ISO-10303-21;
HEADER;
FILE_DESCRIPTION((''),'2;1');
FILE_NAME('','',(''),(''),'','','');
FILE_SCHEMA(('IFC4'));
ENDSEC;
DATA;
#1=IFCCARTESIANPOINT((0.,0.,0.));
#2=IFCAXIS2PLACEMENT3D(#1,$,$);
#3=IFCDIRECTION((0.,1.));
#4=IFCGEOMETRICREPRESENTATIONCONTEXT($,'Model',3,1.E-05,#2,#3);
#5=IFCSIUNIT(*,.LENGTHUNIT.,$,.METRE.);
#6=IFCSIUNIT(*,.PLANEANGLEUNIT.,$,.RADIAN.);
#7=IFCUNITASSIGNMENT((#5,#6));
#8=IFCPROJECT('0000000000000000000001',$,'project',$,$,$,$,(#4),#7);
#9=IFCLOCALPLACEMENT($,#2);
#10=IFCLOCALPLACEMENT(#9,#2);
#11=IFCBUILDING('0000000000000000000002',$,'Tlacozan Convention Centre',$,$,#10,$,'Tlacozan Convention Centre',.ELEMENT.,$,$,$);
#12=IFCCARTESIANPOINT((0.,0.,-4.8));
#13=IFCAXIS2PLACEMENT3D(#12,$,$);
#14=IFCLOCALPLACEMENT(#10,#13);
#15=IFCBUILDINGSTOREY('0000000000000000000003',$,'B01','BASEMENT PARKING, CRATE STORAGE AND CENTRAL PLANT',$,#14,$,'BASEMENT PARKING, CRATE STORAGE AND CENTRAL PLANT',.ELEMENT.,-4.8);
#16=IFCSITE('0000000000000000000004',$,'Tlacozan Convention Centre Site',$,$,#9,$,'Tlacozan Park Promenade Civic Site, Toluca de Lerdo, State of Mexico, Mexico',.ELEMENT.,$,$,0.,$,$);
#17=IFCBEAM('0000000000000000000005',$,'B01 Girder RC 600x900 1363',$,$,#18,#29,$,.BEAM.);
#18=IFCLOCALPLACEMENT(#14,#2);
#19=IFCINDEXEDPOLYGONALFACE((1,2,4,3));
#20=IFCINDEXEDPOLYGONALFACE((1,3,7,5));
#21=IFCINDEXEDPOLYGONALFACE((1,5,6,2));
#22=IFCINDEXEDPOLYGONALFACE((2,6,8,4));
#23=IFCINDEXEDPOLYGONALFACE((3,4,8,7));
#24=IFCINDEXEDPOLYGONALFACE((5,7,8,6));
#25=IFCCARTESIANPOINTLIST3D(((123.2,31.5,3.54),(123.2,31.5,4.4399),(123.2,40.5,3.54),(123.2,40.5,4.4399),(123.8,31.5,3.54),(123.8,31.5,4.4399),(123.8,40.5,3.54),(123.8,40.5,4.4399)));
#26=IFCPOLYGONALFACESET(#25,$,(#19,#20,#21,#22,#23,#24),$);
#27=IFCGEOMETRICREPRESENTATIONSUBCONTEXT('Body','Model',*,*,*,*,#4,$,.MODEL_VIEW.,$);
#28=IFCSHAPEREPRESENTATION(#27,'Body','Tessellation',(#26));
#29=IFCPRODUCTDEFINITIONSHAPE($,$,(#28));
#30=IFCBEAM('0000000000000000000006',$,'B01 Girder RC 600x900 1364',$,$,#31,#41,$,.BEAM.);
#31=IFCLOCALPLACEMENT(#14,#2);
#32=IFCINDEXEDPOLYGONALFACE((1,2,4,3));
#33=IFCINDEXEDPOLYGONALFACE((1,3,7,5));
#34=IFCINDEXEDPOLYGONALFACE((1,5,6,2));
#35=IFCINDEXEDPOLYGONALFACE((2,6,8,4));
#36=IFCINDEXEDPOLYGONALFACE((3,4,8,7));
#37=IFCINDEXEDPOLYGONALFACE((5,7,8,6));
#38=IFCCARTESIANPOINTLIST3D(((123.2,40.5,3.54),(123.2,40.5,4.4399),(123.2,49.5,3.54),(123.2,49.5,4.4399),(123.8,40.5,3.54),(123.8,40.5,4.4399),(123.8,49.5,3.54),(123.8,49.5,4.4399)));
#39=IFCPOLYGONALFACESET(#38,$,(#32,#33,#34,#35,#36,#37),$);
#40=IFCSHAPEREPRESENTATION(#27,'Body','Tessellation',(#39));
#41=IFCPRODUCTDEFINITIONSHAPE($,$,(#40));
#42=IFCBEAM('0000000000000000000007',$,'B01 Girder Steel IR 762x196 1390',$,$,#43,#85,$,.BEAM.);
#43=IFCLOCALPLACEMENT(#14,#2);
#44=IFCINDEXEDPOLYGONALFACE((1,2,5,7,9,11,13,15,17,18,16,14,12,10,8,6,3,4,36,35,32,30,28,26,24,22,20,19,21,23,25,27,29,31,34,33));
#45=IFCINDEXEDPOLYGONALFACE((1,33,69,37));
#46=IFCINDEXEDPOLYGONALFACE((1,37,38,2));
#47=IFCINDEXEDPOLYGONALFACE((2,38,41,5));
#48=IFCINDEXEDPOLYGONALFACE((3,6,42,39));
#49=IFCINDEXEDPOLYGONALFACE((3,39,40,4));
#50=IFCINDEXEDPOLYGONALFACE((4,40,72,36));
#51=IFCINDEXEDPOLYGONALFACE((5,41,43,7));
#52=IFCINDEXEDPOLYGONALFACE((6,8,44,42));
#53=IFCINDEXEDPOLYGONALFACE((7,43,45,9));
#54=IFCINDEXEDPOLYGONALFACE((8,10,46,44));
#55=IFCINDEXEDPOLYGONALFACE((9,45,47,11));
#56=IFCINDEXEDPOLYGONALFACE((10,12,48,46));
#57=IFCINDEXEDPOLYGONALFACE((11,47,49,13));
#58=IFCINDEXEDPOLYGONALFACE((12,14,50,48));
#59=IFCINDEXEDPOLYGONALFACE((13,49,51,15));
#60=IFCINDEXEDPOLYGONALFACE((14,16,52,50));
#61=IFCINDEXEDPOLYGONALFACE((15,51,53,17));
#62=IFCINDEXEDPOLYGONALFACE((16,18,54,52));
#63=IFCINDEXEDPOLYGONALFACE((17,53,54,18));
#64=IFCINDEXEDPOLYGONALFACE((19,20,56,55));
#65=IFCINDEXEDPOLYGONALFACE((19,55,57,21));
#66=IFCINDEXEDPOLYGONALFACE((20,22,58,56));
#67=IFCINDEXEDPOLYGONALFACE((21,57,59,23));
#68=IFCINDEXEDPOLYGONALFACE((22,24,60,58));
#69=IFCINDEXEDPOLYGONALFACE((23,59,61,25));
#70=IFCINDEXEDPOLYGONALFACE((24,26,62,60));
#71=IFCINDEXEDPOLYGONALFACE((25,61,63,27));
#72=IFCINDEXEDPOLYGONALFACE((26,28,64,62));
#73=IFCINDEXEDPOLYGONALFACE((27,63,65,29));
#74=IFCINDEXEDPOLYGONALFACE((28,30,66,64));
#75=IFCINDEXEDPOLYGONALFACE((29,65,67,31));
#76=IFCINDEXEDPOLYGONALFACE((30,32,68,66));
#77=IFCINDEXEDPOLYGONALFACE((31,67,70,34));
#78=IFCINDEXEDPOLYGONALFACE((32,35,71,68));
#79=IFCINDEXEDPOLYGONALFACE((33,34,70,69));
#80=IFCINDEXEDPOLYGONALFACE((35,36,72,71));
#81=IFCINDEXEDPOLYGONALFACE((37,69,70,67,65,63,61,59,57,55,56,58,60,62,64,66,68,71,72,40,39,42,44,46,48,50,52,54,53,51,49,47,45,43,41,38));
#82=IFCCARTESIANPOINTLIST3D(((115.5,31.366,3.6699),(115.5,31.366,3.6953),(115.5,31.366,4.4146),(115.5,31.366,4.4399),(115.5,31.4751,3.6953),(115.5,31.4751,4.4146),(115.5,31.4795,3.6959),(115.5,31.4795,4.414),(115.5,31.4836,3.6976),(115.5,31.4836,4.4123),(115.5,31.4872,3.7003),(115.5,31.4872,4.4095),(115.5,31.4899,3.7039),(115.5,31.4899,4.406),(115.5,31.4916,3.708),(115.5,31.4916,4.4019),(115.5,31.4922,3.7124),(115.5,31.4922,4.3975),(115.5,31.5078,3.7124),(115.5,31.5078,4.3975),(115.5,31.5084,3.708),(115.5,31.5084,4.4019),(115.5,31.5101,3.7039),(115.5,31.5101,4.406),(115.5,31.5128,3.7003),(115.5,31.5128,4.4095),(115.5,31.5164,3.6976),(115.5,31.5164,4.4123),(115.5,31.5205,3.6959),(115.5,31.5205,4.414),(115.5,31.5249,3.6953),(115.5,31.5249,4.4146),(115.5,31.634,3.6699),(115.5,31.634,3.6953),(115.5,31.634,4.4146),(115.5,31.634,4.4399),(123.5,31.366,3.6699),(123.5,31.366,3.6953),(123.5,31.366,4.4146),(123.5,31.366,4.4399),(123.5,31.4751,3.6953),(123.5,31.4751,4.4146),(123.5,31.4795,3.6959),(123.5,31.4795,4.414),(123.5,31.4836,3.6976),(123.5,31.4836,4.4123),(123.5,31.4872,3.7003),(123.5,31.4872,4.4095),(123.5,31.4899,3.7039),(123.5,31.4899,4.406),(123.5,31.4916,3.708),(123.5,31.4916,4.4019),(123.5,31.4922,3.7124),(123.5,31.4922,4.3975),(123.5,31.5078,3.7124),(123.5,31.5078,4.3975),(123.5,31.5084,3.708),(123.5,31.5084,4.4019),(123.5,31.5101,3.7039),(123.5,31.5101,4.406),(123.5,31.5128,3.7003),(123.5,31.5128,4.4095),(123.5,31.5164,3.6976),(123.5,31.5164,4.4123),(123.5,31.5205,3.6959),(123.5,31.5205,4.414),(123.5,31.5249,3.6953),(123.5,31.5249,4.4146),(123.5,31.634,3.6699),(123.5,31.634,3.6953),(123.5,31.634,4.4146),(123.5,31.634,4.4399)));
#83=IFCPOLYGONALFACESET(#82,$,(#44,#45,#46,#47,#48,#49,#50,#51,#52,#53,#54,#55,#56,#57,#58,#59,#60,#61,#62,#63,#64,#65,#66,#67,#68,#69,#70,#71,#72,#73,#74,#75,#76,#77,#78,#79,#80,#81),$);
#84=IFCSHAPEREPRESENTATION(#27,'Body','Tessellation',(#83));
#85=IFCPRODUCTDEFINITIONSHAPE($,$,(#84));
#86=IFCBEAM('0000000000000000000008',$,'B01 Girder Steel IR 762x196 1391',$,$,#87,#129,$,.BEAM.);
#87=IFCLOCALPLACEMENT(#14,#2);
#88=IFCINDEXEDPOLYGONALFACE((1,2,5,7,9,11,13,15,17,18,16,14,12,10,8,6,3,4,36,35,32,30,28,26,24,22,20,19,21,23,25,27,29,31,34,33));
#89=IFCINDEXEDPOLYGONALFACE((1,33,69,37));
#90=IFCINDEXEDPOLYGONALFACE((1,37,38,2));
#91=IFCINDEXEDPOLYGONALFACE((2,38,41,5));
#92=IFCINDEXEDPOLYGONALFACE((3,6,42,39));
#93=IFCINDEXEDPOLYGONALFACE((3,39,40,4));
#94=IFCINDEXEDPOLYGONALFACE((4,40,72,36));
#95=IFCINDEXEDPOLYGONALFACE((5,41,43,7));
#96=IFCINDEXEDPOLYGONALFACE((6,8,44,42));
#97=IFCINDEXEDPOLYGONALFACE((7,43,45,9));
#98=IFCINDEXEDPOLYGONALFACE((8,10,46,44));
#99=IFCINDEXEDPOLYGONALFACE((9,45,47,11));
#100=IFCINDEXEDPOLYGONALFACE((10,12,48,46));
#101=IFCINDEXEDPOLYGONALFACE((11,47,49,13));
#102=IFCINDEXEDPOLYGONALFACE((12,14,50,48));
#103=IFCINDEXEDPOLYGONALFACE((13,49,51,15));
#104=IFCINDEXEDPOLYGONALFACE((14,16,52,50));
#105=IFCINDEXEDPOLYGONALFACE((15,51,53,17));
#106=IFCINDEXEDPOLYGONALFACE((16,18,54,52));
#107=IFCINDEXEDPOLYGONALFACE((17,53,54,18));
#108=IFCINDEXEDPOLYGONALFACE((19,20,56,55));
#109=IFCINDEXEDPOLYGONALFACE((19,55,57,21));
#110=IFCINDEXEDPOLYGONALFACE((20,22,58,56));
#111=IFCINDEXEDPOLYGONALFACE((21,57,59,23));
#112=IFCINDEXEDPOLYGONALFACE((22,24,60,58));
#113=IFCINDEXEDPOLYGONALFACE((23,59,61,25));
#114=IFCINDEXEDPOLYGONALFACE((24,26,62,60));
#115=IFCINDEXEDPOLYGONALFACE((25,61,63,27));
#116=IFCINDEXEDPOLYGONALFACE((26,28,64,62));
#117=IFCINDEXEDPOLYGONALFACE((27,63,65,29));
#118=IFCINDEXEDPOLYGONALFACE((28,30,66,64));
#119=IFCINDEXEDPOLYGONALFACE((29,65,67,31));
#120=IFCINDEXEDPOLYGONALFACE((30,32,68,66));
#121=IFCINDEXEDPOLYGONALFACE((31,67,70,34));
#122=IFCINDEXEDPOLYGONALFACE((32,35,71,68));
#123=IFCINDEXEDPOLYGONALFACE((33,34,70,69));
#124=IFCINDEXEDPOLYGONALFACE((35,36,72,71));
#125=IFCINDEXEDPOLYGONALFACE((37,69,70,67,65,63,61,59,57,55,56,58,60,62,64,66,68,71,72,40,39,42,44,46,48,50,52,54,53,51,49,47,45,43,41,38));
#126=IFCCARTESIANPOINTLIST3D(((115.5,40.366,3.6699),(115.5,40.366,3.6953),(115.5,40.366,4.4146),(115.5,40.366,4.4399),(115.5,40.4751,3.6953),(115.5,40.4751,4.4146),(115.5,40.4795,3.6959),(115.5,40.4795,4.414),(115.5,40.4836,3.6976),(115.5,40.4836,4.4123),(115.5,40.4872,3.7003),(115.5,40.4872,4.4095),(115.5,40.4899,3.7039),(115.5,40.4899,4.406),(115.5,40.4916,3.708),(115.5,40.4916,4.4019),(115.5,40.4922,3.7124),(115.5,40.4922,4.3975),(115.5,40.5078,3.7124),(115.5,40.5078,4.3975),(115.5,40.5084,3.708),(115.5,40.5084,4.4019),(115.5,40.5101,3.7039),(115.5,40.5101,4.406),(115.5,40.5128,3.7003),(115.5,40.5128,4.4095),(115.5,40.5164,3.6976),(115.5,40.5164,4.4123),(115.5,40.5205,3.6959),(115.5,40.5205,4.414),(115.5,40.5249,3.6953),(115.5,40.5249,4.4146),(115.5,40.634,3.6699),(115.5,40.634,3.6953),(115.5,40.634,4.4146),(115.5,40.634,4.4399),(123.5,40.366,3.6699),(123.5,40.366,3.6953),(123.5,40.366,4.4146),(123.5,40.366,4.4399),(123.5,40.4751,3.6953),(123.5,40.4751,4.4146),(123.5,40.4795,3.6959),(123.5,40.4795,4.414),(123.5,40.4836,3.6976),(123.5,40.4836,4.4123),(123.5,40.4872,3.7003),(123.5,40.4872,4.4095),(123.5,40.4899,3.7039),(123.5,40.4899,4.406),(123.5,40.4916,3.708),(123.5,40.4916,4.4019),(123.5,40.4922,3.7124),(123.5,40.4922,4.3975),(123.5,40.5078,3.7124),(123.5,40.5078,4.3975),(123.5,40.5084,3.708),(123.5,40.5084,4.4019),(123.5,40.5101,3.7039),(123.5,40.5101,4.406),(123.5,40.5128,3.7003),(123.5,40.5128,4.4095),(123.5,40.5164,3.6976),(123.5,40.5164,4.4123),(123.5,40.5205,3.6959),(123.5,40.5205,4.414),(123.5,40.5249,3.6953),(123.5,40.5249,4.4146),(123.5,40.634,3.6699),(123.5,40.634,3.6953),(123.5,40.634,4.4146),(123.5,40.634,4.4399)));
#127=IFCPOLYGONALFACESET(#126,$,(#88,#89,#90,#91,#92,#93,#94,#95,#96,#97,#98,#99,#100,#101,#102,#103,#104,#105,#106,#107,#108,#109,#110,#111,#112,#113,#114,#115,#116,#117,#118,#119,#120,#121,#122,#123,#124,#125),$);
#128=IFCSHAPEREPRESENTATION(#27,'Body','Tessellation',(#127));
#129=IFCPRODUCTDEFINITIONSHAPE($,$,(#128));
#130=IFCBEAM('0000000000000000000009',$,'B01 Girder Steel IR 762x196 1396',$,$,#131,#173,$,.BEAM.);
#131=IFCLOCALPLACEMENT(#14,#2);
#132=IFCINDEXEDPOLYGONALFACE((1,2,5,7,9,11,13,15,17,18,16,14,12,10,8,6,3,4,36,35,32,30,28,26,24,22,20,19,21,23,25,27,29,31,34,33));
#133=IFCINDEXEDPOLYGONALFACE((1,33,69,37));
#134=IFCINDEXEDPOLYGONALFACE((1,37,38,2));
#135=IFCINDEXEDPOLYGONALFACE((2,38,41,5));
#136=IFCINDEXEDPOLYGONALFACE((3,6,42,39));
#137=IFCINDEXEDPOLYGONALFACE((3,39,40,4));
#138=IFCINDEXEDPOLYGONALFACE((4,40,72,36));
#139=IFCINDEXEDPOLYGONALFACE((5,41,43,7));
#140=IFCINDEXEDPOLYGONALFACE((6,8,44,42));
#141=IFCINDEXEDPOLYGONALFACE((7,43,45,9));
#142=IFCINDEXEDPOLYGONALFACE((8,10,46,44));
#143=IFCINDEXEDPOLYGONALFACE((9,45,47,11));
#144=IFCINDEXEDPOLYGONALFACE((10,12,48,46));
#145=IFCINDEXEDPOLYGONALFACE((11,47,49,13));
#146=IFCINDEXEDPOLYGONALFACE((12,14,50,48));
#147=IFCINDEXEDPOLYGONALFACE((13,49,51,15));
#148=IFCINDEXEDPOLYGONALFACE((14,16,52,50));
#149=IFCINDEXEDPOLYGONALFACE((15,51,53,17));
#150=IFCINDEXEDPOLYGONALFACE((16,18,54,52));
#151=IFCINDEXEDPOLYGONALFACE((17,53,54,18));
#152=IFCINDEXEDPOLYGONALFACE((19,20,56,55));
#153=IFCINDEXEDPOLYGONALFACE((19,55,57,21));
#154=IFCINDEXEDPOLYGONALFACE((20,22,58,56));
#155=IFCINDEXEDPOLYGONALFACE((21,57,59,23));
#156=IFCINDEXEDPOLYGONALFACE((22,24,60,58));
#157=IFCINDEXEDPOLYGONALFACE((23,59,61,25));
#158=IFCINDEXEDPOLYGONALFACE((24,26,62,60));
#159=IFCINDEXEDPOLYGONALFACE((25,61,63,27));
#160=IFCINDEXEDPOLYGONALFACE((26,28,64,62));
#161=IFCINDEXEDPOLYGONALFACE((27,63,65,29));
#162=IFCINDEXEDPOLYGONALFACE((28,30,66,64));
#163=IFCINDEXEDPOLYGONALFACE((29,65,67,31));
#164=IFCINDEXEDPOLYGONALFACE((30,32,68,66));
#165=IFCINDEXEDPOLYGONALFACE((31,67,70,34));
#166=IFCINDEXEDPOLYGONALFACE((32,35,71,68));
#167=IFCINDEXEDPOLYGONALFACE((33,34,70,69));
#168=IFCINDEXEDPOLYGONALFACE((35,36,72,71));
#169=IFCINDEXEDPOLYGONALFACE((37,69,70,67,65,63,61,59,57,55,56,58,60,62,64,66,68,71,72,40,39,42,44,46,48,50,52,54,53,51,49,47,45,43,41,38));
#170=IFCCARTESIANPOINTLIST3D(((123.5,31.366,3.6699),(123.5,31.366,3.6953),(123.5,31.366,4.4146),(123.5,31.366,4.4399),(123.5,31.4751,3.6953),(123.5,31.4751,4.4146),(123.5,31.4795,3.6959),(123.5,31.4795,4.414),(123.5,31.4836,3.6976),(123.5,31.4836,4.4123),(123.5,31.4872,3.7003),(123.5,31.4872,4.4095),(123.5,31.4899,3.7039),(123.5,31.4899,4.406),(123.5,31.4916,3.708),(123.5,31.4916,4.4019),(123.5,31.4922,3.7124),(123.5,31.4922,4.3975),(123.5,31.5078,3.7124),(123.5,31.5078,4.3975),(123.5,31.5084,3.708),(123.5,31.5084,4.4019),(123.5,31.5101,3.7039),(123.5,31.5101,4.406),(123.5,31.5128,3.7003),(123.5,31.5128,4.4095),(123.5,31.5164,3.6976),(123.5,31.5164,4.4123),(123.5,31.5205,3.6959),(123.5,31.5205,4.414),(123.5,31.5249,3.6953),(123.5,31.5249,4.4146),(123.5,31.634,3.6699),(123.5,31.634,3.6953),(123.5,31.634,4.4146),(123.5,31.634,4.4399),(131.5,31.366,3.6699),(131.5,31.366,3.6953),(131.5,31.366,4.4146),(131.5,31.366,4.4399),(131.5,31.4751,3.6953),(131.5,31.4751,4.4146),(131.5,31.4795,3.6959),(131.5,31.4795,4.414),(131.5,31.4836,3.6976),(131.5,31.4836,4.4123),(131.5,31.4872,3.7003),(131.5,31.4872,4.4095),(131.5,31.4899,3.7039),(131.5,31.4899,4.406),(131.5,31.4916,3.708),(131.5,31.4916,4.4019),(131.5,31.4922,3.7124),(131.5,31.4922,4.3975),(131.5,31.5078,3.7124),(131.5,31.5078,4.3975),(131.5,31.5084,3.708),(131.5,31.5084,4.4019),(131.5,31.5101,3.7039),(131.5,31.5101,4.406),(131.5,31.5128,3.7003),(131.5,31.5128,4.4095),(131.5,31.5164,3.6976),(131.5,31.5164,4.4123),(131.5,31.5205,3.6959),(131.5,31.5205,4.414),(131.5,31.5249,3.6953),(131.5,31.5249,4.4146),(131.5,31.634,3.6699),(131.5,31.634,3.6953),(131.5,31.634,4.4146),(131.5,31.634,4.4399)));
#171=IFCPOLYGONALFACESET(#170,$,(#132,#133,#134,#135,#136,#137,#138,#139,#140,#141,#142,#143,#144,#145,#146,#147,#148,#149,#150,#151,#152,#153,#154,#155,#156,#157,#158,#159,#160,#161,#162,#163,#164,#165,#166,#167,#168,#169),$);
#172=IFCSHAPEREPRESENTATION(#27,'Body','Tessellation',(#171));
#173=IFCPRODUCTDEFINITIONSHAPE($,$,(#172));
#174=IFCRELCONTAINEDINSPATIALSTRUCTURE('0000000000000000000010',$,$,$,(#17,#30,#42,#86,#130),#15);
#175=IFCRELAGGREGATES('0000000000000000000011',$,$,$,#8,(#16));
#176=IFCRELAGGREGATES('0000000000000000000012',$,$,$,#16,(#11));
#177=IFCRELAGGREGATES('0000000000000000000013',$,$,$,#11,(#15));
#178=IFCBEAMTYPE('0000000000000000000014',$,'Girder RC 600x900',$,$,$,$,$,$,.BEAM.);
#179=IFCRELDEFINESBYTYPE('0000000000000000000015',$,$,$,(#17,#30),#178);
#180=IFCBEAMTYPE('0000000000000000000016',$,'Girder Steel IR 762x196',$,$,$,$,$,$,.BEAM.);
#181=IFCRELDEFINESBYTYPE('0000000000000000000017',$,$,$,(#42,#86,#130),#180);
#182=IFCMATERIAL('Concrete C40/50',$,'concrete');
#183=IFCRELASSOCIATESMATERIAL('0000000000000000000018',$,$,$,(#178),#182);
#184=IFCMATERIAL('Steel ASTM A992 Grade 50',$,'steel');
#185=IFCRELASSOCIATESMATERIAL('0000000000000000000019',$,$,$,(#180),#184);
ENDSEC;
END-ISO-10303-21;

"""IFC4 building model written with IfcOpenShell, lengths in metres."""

from ifc_helpers import new_model, si_unit, direction, frame, origin, origin_2d, place, context, subcontext, project, spatial, rectangle, i_section, extrude, material, material_profile, profile_set, type_object, element, save


model = new_model("IFC4")

# Units and contexts
model_context = context("Model", 3, precision=1e-05, world=origin(), true_north=direction((0.0, 1.0)))
body_context = subcontext(model_context, "Body", "Model", "MODEL_VIEW")
ifc_project = project(units=[si_unit("LENGTHUNIT", "METRE"), si_unit("PLANEANGLEUNIT", "RADIAN")], contexts=[model_context])

# Site, building, storey
site_placement = place(None, origin())
site = spatial("IfcSite", under=ifc_project, at=site_placement, Name="Tlacozan Convention Centre Site", LongName="Tlacozan Park Promenade Civic Site, Toluca de Lerdo, State of Mexico, Mexico", CompositionType="ELEMENT", RefElevation=0.0)
building_placement = place(site_placement, origin())
building = spatial("IfcBuilding", under=site, at=building_placement, Name="Tlacozan Convention Centre", LongName="Tlacozan Convention Centre", CompositionType="ELEMENT")
storey_placement = place(building_placement, frame((0.0, 0.0, -4.8)))
storey = spatial("IfcBuildingStorey", under=building, at=storey_placement, Name="B01", Description="BASEMENT PARKING, CRATE STORAGE AND CENTRAL PLANT", LongName="BASEMENT PARKING, CRATE STORAGE AND CENTRAL PLANT", CompositionType="ELEMENT", Elevation=-4.8)

# Shared definitions
ifc_material_1 = material(Name="Concrete C40/50", Category="concrete")

# Beams
ifc_material_profile_1 = material_profile(ifc_material_1, rectangle(XDim=0.6001, YDim=0.8999, at=origin_2d()), Name="RC 600x900")
ifc_profile_set_1 = profile_set([ifc_material_profile_1], Name="Concrete C40/50")
beam_type_1 = type_object("IfcBeamType", Name="Girder RC 600x900", PredefinedType="BEAM", material=ifc_profile_set_1)
for number, where, z_axis, x_axis, name in (
    (1, (123.5, 31.5, 3.99), (0.0, 1.0, 0.0), (-1.0, 0.0, 0.0), "B01 Girder RC 600x900 1363"),
    (2, (123.5, 40.5, 3.99), (0.0, 1.0, 0.0), (-1.0, 0.0, 0.0), "B01 Girder RC 600x900 1364"),
):
    element("IfcBeam", number, at=place(storey_placement, frame(where, z_axis=z_axis, x_axis=x_axis)), inside=storey, type_object=beam_type_1, Name=name, PredefinedType="BEAM", context=body_context, shape_type="SweptSolid", body=[
        extrude(rectangle(XDim=0.6001, YDim=0.8999, at=origin_2d()), origin(), (0.0, 0.0, 1.0), 9.0),
    ])
ifc_material_2 = material(Name="Steel ASTM A992 Grade 50", Category="steel")
ifc_material_profile_2 = material_profile(ifc_material_2, i_section(OverallWidth=0.2681, OverallDepth=0.77, WebThickness=0.0156, FlangeThickness=0.0254, FilletRadius=0.0171, at=origin_2d()), Name="IR 762x196.0")
ifc_profile_set_2 = profile_set([ifc_material_profile_2], Name="Steel ASTM A992 Grade 50")
beam_type_2 = type_object("IfcBeamType", Name="Girder Steel IR 762x196", PredefinedType="BEAM", material=ifc_profile_set_2)
for number, where, z_axis, x_axis, name in (
    (3, (115.5, 31.5, 4.0549), (1.0, 0.0, 0.0), (0.0, 1.0, 0.0), "B01 Girder Steel IR 762x196 1390"),
    (4, (115.5, 40.5, 4.0549), (1.0, 0.0, 0.0), (0.0, 1.0, 0.0), "B01 Girder Steel IR 762x196 1391"),
    (5, (123.5, 31.5, 4.0549), (1.0, 0.0, 0.0), (0.0, 1.0, 0.0), "B01 Girder Steel IR 762x196 1396"),
):
    element("IfcBeam", number, at=place(storey_placement, frame(where, z_axis=z_axis, x_axis=x_axis)), inside=storey, type_object=beam_type_2, Name=name, PredefinedType="BEAM", context=body_context, shape_type="SweptSolid", body=[
        extrude(i_section(OverallWidth=0.2681, OverallDepth=0.77, WebThickness=0.0156, FlangeThickness=0.0254, FilletRadius=0.0171, at=origin_2d()), origin(), (0.0, 0.0, 1.0), 8.0),
    ])

save(model, "model.ifc")
